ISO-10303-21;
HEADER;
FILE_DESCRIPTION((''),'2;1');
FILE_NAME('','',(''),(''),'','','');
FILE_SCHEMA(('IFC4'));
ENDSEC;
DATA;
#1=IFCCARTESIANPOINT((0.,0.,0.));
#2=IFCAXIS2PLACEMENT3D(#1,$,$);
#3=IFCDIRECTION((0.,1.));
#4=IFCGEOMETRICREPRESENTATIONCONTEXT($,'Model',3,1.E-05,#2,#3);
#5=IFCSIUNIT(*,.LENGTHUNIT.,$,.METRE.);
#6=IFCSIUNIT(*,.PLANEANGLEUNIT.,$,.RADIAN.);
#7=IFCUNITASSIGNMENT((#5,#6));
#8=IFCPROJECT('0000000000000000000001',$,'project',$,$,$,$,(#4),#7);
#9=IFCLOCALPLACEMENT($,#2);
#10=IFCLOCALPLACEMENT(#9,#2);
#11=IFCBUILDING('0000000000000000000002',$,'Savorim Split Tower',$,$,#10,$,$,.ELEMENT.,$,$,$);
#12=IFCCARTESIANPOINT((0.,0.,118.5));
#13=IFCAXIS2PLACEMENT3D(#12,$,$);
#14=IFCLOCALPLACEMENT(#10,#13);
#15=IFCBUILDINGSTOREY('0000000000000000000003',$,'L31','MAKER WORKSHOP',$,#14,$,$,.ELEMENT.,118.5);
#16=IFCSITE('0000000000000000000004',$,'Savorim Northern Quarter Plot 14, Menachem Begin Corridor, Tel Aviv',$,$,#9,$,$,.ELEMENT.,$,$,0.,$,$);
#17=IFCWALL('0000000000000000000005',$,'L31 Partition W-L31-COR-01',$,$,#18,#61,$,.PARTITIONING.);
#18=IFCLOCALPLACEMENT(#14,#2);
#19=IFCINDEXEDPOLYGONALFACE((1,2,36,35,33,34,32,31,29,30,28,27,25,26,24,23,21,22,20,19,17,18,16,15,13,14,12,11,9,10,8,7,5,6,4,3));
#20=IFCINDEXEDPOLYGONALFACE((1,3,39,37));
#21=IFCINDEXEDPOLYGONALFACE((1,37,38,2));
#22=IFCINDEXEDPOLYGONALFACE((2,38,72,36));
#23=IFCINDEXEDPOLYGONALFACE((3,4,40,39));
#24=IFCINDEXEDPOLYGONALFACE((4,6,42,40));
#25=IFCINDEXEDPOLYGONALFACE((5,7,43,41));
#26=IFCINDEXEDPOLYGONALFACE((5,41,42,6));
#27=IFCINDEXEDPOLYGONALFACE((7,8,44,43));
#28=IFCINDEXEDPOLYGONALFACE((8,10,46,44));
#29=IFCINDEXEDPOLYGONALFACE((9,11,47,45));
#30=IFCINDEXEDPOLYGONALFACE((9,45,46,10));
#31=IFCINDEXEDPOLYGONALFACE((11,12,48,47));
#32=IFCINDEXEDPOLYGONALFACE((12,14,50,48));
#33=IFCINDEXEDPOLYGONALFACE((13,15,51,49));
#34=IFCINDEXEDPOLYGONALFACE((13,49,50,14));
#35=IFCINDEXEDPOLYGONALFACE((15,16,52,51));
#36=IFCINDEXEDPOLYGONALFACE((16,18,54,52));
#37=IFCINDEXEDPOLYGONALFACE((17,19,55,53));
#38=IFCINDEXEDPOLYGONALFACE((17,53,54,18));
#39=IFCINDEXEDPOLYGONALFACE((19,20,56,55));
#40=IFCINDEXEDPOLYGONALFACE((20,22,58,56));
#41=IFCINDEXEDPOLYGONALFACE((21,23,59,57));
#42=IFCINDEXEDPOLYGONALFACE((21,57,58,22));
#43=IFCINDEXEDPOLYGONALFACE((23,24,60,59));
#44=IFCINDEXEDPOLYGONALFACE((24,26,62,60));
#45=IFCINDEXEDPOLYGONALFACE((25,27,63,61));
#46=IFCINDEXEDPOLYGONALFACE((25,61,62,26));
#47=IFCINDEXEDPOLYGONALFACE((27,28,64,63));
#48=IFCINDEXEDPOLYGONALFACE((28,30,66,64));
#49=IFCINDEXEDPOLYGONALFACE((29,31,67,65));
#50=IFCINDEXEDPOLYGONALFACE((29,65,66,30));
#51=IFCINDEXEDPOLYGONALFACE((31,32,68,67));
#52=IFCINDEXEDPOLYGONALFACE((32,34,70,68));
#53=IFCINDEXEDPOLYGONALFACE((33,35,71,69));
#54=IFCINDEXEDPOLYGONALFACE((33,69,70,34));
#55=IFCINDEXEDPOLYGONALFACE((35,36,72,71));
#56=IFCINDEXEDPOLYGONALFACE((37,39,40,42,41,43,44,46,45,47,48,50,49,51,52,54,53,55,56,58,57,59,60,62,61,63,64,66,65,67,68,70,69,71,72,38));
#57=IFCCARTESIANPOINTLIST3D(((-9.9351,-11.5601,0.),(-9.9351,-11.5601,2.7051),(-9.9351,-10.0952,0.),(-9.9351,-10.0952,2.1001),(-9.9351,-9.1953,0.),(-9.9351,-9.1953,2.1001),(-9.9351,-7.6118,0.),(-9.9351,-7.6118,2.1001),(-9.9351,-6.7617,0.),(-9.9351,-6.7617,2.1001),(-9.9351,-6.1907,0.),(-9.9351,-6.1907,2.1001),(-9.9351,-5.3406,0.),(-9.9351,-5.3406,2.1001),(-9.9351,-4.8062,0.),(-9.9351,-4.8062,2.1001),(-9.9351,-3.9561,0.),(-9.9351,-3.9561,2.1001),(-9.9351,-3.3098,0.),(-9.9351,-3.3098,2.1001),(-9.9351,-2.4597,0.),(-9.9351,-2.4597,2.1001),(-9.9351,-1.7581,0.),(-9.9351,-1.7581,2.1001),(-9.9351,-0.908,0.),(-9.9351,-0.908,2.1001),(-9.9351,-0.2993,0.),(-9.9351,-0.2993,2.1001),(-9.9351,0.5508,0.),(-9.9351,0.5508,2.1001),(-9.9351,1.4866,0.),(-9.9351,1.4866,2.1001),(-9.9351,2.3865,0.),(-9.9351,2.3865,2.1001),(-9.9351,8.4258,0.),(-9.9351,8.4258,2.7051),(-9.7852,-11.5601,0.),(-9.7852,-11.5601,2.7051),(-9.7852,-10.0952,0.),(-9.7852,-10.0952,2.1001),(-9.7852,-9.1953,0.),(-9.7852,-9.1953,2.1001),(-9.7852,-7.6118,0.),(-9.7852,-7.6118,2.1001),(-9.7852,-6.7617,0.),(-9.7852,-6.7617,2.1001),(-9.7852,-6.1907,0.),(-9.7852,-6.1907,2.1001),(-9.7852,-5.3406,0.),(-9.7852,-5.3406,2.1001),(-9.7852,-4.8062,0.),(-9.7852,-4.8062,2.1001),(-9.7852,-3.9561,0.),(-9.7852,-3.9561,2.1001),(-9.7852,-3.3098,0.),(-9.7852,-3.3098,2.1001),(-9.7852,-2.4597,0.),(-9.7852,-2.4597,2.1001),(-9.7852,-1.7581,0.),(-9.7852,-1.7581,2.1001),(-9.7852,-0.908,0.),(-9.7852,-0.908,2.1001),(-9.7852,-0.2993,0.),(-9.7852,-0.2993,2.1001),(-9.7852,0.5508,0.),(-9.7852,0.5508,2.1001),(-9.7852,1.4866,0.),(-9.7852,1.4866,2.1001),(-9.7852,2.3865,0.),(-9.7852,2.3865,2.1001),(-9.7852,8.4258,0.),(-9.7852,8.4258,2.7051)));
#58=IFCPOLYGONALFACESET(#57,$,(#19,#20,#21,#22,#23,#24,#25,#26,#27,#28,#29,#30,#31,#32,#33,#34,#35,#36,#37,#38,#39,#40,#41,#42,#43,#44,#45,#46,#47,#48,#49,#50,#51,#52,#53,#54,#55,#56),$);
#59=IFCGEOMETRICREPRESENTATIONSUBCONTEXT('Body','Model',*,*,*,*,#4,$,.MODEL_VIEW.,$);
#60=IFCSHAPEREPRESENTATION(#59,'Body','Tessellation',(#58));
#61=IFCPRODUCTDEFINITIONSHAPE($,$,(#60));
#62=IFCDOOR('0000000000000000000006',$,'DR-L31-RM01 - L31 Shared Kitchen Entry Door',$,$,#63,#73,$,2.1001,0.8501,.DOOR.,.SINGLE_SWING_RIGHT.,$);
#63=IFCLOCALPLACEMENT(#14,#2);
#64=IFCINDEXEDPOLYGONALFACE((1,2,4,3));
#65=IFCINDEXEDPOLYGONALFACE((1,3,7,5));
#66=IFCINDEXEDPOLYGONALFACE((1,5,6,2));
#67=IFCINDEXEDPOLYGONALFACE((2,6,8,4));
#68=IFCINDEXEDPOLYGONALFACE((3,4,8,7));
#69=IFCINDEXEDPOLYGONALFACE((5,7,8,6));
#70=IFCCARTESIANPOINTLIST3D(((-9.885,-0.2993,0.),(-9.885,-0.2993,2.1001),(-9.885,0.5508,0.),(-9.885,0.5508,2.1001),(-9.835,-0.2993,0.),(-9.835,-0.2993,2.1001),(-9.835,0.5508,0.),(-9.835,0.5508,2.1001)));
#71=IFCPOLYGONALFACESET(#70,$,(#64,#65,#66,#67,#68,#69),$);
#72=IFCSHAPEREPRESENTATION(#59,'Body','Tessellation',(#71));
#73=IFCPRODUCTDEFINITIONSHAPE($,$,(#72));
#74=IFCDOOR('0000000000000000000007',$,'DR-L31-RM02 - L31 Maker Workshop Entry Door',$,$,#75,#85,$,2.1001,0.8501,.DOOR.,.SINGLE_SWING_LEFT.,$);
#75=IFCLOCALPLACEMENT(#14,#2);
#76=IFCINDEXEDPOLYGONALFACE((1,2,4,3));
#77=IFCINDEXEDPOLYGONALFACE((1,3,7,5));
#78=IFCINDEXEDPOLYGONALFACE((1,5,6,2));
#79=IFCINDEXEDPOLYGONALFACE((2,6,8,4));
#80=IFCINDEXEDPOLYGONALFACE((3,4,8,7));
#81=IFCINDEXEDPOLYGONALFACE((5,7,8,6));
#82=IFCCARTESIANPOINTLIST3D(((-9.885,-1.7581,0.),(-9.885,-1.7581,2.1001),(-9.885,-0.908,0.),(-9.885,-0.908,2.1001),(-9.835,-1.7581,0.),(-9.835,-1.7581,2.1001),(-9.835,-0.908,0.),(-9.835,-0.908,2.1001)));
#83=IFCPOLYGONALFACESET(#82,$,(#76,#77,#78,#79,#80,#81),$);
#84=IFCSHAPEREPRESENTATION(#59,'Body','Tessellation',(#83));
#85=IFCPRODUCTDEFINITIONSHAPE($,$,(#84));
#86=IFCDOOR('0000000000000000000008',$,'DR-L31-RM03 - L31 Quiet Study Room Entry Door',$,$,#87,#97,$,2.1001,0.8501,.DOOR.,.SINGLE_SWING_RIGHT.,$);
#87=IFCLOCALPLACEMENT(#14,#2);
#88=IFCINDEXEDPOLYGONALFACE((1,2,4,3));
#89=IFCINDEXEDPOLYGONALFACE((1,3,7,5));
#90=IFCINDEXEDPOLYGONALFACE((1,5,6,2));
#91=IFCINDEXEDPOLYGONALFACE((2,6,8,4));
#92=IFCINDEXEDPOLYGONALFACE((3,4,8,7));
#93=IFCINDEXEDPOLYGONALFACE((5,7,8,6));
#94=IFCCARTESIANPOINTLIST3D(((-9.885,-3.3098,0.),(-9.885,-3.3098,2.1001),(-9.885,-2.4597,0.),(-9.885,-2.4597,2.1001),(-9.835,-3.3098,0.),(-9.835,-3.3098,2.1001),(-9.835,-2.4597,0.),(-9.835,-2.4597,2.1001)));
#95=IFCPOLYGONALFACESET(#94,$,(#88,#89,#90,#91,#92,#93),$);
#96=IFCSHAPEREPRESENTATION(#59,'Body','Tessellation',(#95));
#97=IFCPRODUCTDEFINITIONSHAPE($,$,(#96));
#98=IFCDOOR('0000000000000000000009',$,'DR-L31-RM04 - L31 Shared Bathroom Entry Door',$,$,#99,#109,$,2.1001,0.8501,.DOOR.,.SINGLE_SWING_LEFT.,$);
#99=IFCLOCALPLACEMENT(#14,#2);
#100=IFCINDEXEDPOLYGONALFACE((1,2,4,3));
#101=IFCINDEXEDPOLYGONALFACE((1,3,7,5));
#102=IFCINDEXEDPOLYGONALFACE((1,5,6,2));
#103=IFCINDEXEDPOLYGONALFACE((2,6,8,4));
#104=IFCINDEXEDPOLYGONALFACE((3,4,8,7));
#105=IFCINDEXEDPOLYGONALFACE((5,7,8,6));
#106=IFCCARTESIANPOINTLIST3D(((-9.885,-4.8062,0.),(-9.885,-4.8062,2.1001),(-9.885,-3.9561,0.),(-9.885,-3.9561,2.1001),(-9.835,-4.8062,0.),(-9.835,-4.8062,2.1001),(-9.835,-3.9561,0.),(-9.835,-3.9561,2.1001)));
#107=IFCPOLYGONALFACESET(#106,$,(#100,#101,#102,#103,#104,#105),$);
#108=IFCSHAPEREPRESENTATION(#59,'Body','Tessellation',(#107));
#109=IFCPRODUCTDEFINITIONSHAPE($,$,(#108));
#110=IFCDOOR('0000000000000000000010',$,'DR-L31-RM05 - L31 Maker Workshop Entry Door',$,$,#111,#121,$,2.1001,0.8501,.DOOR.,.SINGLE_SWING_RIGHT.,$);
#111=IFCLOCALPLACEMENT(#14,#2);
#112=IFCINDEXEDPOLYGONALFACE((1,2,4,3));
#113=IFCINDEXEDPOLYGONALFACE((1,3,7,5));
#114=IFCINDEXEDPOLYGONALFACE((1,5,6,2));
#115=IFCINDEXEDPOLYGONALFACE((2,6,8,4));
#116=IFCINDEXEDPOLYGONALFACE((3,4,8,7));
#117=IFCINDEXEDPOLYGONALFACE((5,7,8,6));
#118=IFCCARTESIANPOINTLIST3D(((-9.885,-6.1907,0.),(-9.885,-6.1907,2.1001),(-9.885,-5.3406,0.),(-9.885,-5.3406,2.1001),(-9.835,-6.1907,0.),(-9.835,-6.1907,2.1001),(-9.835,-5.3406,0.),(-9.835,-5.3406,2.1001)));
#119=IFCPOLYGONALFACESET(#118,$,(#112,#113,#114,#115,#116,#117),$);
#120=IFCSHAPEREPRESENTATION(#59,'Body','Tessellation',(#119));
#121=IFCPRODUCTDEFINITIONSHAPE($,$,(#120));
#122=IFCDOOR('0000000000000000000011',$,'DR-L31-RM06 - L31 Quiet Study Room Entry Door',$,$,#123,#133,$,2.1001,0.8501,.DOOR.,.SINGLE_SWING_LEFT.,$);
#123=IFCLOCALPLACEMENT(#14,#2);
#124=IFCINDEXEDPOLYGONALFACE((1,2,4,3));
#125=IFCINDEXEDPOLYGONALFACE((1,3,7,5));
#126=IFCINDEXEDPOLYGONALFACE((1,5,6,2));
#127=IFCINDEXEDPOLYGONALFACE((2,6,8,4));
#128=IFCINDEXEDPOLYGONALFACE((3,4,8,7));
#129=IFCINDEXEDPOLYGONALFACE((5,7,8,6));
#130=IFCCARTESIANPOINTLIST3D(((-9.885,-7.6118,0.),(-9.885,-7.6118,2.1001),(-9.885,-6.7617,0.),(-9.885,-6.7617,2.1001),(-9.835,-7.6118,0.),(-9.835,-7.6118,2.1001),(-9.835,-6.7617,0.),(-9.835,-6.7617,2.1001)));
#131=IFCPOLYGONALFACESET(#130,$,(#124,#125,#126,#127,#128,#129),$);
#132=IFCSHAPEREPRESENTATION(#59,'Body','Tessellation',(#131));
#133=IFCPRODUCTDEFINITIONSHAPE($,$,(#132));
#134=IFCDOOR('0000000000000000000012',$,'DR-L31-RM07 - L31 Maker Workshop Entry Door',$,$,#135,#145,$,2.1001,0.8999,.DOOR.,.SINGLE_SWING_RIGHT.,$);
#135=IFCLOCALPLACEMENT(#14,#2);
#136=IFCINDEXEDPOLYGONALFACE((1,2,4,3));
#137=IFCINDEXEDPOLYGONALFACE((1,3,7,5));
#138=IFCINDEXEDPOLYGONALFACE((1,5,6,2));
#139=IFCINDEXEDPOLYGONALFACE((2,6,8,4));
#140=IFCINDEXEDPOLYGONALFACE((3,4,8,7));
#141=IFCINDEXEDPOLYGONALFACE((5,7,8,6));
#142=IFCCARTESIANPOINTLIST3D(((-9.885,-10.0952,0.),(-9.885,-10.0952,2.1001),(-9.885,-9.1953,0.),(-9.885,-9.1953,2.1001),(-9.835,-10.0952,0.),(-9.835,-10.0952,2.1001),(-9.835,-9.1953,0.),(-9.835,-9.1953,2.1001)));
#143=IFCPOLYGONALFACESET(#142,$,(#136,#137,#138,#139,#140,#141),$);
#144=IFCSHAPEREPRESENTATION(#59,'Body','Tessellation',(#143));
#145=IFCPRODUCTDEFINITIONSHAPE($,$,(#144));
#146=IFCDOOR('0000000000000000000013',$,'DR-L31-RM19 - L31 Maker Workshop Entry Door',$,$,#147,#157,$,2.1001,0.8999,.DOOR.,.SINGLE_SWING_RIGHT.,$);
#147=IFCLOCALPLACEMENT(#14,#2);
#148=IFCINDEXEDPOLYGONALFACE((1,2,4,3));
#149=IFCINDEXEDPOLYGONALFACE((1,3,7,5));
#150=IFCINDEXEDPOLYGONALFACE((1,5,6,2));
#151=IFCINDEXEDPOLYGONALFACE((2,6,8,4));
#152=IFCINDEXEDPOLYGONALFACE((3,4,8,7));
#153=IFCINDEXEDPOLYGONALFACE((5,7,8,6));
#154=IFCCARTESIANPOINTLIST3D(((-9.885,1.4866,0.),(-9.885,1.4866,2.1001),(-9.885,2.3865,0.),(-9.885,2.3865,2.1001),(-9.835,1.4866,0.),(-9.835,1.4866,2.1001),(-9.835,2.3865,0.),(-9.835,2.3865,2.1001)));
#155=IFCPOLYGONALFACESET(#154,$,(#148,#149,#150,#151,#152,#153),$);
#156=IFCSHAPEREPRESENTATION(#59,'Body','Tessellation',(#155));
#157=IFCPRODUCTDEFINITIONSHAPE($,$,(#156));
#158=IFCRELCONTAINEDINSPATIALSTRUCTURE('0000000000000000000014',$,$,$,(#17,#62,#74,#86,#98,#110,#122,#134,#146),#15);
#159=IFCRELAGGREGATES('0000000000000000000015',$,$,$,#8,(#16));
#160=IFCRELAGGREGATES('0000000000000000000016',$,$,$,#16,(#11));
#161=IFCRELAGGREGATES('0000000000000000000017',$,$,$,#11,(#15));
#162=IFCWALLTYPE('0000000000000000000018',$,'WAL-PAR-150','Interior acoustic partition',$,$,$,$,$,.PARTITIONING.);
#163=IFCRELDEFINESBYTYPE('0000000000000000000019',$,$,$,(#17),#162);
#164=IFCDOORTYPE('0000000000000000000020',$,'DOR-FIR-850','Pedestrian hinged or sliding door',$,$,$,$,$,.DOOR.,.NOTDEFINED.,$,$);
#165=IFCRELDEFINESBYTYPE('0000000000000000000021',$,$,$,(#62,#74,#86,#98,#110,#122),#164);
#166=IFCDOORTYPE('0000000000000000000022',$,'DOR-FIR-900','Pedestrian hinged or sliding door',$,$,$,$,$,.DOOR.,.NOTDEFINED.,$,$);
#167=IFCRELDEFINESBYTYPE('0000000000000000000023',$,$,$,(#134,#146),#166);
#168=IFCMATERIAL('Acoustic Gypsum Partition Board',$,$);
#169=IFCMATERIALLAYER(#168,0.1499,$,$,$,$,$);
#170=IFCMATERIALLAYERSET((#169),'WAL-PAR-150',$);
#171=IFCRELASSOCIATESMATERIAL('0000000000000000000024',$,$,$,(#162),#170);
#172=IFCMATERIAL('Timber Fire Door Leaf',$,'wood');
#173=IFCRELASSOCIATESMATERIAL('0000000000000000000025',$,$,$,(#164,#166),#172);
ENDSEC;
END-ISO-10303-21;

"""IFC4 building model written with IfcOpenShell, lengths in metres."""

from ifc_helpers import new_model, si_unit, direction, frame, frame_2d, origin, place, context, subcontext, project, spatial, rectangle, extrude, material, layer, layer_set, type_object, element, fill, save


model = new_model("IFC4")

# Units and contexts
model_context = context("Model", 3, precision=1e-05, world=origin(), true_north=direction((0.0, 1.0)))
body_context = subcontext(model_context, "Body", "Model", "MODEL_VIEW")
ifc_project = project(units=[si_unit("LENGTHUNIT", "METRE"), si_unit("PLANEANGLEUNIT", "RADIAN")], contexts=[model_context])

# Site, building, storey
site_placement = place(None, origin())
site = spatial("IfcSite", under=ifc_project, at=site_placement, Name="Savorim Northern Quarter Plot 14, Menachem Begin Corridor, Tel Aviv", CompositionType="ELEMENT", RefElevation=0.0)
building_placement = place(site_placement, origin())
building = spatial("IfcBuilding", under=site, at=building_placement, Name="Savorim Split Tower", CompositionType="ELEMENT")
storey_placement = place(building_placement, frame((0.0, 0.0, 118.5)))
storey = spatial("IfcBuildingStorey", under=building, at=storey_placement, Name="L31", Description="MAKER WORKSHOP", CompositionType="ELEMENT", Elevation=118.5)

# Shared definitions
ifc_material_1 = material(Name="Timber Fire Door Leaf", Category="wood")

# Wall, openings, doors
ifc_material_2 = material(Name="Acoustic Gypsum Partition Board")
ifc_layer_1 = layer(ifc_material_2, 0.1499)
ifc_layer_set_1 = layer_set([ifc_layer_1], Name="WAL-PAR-150")
wall_type_1 = type_object("IfcWallType", Name="WAL-PAR-150", Description="Interior acoustic partition", PredefinedType="PARTITIONING", material=ifc_layer_set_1)
wall_1_placement = place(storey_placement, frame((-9.8601, -11.5601, 0.0), z_axis=(0.0, 0.0, 1.0), x_axis=(0.0, 1.0, 0.0)))
wall_1 = element("IfcWall", 1, at=wall_1_placement, inside=storey, type_object=wall_type_1, Name="L31 Partition W-L31-COR-01", PredefinedType="PARTITIONING", context=body_context, shape_type="SweptSolid", body=[
    extrude(rectangle(XDim=19.9858, YDim=0.1499, at=frame_2d((9.9929, 0.0))), origin(), (0.0, 0.0, 1.0), 2.7051),
])
opening_1_placement = place(wall_1_placement, frame((11.2607, 0.0, 0.0)))
opening_1 = element("IfcOpeningElement", 2, at=opening_1_placement, cuts=wall_1, PredefinedType="OPENING", context=body_context, shape_type="SweptSolid", body=[
    extrude(rectangle(XDim=0.8501, YDim=2.1001, at=frame_2d((0.425, 1.05))), frame((0.0, 0.085, 0.0), z_axis=(0.0, -1.0, 0.0), x_axis=(1.0, 0.0, 0.0)), (0.0, 0.0, 1.0), 0.1699),
])
opening_2_placement = place(wall_1_placement, frame((9.802, 0.0, 0.0)))
opening_2 = element("IfcOpeningElement", 3, at=opening_2_placement, cuts=wall_1, PredefinedType="OPENING", context=body_context, shape_type="SweptSolid", body=[
    extrude(rectangle(XDim=0.8501, YDim=2.1001, at=frame_2d((0.425, 1.05))), frame((0.0, 0.085, 0.0), z_axis=(0.0, -1.0, 0.0), x_axis=(1.0, 0.0, 0.0)), (0.0, 0.0, 1.0), 0.1699),
])
opening_3_placement = place(wall_1_placement, frame((8.2502, 0.0, 0.0)))
opening_3 = element("IfcOpeningElement", 4, at=opening_3_placement, cuts=wall_1, PredefinedType="OPENING", context=body_context, shape_type="SweptSolid", body=[
    extrude(rectangle(XDim=0.8501, YDim=2.1001, at=frame_2d((0.425, 1.05))), frame((0.0, 0.085, 0.0), z_axis=(0.0, -1.0, 0.0), x_axis=(1.0, 0.0, 0.0)), (0.0, 0.0, 1.0), 0.1699),
])
opening_4_placement = place(wall_1_placement, frame((6.7539, 0.0, 0.0)))
opening_4 = element("IfcOpeningElement", 5, at=opening_4_placement, cuts=wall_1, PredefinedType="OPENING", context=body_context, shape_type="SweptSolid", body=[
    extrude(rectangle(XDim=0.8501, YDim=2.1001, at=frame_2d((0.425, 1.05))), frame((0.0, 0.085, 0.0), z_axis=(0.0, -1.0, 0.0), x_axis=(1.0, 0.0, 0.0)), (0.0, 0.0, 1.0), 0.1699),
])
opening_5_placement = place(wall_1_placement, frame((5.3694, 0.0, 0.0)))
opening_5 = element("IfcOpeningElement", 6, at=opening_5_placement, cuts=wall_1, PredefinedType="OPENING", context=body_context, shape_type="SweptSolid", body=[
    extrude(rectangle(XDim=0.8501, YDim=2.1001, at=frame_2d((0.425, 1.05))), frame((0.0, 0.085, 0.0), z_axis=(0.0, -1.0, 0.0), x_axis=(1.0, 0.0, 0.0)), (0.0, 0.0, 1.0), 0.1699),
])
opening_6_placement = place(wall_1_placement, frame((3.9482, 0.0, 0.0)))
opening_6 = element("IfcOpeningElement", 7, at=opening_6_placement, cuts=wall_1, PredefinedType="OPENING", context=body_context, shape_type="SweptSolid", body=[
    extrude(rectangle(XDim=0.8501, YDim=2.1001, at=frame_2d((0.425, 1.05))), frame((0.0, 0.085, 0.0), z_axis=(0.0, -1.0, 0.0), x_axis=(1.0, 0.0, 0.0)), (0.0, 0.0, 1.0), 0.1699),
])
opening_7_placement = place(wall_1_placement, frame((1.4648, 0.0, 0.0)))
opening_7 = element("IfcOpeningElement", 8, at=opening_7_placement, cuts=wall_1, PredefinedType="OPENING", context=body_context, shape_type="SweptSolid", body=[
    extrude(rectangle(XDim=0.8999, YDim=2.1001, at=frame_2d((0.45, 1.05))), frame((0.0, 0.085, 0.0), z_axis=(0.0, -1.0, 0.0), x_axis=(1.0, 0.0, 0.0)), (0.0, 0.0, 1.0), 0.1699),
])
opening_8_placement = place(wall_1_placement, frame((13.0466, 0.0, 0.0)))
opening_8 = element("IfcOpeningElement", 9, at=opening_8_placement, cuts=wall_1, PredefinedType="OPENING", context=body_context, shape_type="SweptSolid", body=[
    extrude(rectangle(XDim=0.8999, YDim=2.1001, at=frame_2d((0.45, 1.05))), frame((0.0, 0.085, 0.0), z_axis=(0.0, -1.0, 0.0), x_axis=(1.0, 0.0, 0.0)), (0.0, 0.0, 1.0), 0.1699),
])
door_type_1 = type_object("IfcDoorType", Name="DOR-FIR-850", Description="Pedestrian hinged or sliding door", OperationType="NOTDEFINED", PredefinedType="DOOR", material=ifc_material_1)
door_1_placement = place(opening_1_placement, origin())
door_1 = element("IfcDoor", 10, at=door_1_placement, inside=storey, type_object=door_type_1, Name="DR-L31-RM01 - L31 Shared Kitchen Entry Door", OperationType="SINGLE_SWING_RIGHT", OverallHeight=2.1001, OverallWidth=0.8501, PredefinedType="DOOR", context=body_context, shape_type="SweptSolid", body=[
    extrude(rectangle(XDim=0.8501, YDim=2.1001, at=frame_2d((0.425, 1.05))), frame((0.0, 0.0249, 0.0), z_axis=(0.0, -1.0, 0.0), x_axis=(1.0, 0.0, 0.0)), (0.0, 0.0, 1.0), 0.05),
])
fill(opening_1, door_1)
door_2_placement = place(opening_2_placement, origin())
door_2 = element("IfcDoor", 11, at=door_2_placement, inside=storey, type_object=door_type_1, Name="DR-L31-RM02 - L31 Maker Workshop Entry Door", OperationType="SINGLE_SWING_LEFT", OverallHeight=2.1001, OverallWidth=0.8501, PredefinedType="DOOR", context=body_context, shape_type="SweptSolid", body=[
    extrude(rectangle(XDim=0.8501, YDim=2.1001, at=frame_2d((0.425, 1.05))), frame((0.0, 0.0249, 0.0), z_axis=(0.0, -1.0, 0.0), x_axis=(1.0, 0.0, 0.0)), (0.0, 0.0, 1.0), 0.05),
])
fill(opening_2, door_2)
door_3_placement = place(opening_3_placement, origin())
door_3 = element("IfcDoor", 12, at=door_3_placement, inside=storey, type_object=door_type_1, Name="DR-L31-RM03 - L31 Quiet Study Room Entry Door", OperationType="SINGLE_SWING_RIGHT", OverallHeight=2.1001, OverallWidth=0.8501, PredefinedType="DOOR", context=body_context, shape_type="SweptSolid", body=[
    extrude(rectangle(XDim=0.8501, YDim=2.1001, at=frame_2d((0.425, 1.05))), frame((0.0, 0.0249, 0.0), z_axis=(0.0, -1.0, 0.0), x_axis=(1.0, 0.0, 0.0)), (0.0, 0.0, 1.0), 0.05),
])
fill(opening_3, door_3)
door_4_placement = place(opening_4_placement, origin())
door_4 = element("IfcDoor", 13, at=door_4_placement, inside=storey, type_object=door_type_1, Name="DR-L31-RM04 - L31 Shared Bathroom Entry Door", OperationType="SINGLE_SWING_LEFT", OverallHeight=2.1001, OverallWidth=0.8501, PredefinedType="DOOR", context=body_context, shape_type="SweptSolid", body=[
    extrude(rectangle(XDim=0.8501, YDim=2.1001, at=frame_2d((0.425, 1.05))), frame((0.0, 0.0249, 0.0), z_axis=(0.0, -1.0, 0.0), x_axis=(1.0, 0.0, 0.0)), (0.0, 0.0, 1.0), 0.05),
])
fill(opening_4, door_4)
door_5_placement = place(opening_5_placement, origin())
door_5 = element("IfcDoor", 14, at=door_5_placement, inside=storey, type_object=door_type_1, Name="DR-L31-RM05 - L31 Maker Workshop Entry Door", OperationType="SINGLE_SWING_RIGHT", OverallHeight=2.1001, OverallWidth=0.8501, PredefinedType="DOOR", context=body_context, shape_type="SweptSolid", body=[
    extrude(rectangle(XDim=0.8501, YDim=2.1001, at=frame_2d((0.425, 1.05))), frame((0.0, 0.0249, 0.0), z_axis=(0.0, -1.0, 0.0), x_axis=(1.0, 0.0, 0.0)), (0.0, 0.0, 1.0), 0.05),
])
fill(opening_5, door_5)
door_6_placement = place(opening_6_placement, origin())
door_6 = element("IfcDoor", 15, at=door_6_placement, inside=storey, type_object=door_type_1, Name="DR-L31-RM06 - L31 Quiet Study Room Entry Door", OperationType="SINGLE_SWING_LEFT", OverallHeight=2.1001, OverallWidth=0.8501, PredefinedType="DOOR", context=body_context, shape_type="SweptSolid", body=[
    extrude(rectangle(XDim=0.8501, YDim=2.1001, at=frame_2d((0.425, 1.05))), frame((0.0, 0.0249, 0.0), z_axis=(0.0, -1.0, 0.0), x_axis=(1.0, 0.0, 0.0)), (0.0, 0.0, 1.0), 0.05),
])
fill(opening_6, door_6)
door_type_2 = type_object("IfcDoorType", Name="DOR-FIR-900", Description="Pedestrian hinged or sliding door", OperationType="NOTDEFINED", PredefinedType="DOOR", material=ifc_material_1)
door_7_placement = place(opening_7_placement, origin())
door_7 = element("IfcDoor", 16, at=door_7_placement, inside=storey, type_object=door_type_2, Name="DR-L31-RM07 - L31 Maker Workshop Entry Door", OperationType="SINGLE_SWING_RIGHT", OverallHeight=2.1001, OverallWidth=0.8999, PredefinedType="DOOR", context=body_context, shape_type="SweptSolid", body=[
    extrude(rectangle(XDim=0.8999, YDim=2.1001, at=frame_2d((0.45, 1.05))), frame((0.0, 0.0249, 0.0), z_axis=(0.0, -1.0, 0.0), x_axis=(1.0, 0.0, 0.0)), (0.0, 0.0, 1.0), 0.05),
])
fill(opening_7, door_7)
door_8_placement = place(opening_8_placement, origin())
door_8 = element("IfcDoor", 17, at=door_8_placement, inside=storey, type_object=door_type_2, Name="DR-L31-RM19 - L31 Maker Workshop Entry Door", OperationType="SINGLE_SWING_RIGHT", OverallHeight=2.1001, OverallWidth=0.8999, PredefinedType="DOOR", context=body_context, shape_type="SweptSolid", body=[
    extrude(rectangle(XDim=0.8999, YDim=2.1001, at=frame_2d((0.45, 1.05))), frame((0.0, 0.0249, 0.0), z_axis=(0.0, -1.0, 0.0), x_axis=(1.0, 0.0, 0.0)), (0.0, 0.0, 1.0), 0.05),
])
fill(opening_8, door_8)

save(model, "model.ifc")
